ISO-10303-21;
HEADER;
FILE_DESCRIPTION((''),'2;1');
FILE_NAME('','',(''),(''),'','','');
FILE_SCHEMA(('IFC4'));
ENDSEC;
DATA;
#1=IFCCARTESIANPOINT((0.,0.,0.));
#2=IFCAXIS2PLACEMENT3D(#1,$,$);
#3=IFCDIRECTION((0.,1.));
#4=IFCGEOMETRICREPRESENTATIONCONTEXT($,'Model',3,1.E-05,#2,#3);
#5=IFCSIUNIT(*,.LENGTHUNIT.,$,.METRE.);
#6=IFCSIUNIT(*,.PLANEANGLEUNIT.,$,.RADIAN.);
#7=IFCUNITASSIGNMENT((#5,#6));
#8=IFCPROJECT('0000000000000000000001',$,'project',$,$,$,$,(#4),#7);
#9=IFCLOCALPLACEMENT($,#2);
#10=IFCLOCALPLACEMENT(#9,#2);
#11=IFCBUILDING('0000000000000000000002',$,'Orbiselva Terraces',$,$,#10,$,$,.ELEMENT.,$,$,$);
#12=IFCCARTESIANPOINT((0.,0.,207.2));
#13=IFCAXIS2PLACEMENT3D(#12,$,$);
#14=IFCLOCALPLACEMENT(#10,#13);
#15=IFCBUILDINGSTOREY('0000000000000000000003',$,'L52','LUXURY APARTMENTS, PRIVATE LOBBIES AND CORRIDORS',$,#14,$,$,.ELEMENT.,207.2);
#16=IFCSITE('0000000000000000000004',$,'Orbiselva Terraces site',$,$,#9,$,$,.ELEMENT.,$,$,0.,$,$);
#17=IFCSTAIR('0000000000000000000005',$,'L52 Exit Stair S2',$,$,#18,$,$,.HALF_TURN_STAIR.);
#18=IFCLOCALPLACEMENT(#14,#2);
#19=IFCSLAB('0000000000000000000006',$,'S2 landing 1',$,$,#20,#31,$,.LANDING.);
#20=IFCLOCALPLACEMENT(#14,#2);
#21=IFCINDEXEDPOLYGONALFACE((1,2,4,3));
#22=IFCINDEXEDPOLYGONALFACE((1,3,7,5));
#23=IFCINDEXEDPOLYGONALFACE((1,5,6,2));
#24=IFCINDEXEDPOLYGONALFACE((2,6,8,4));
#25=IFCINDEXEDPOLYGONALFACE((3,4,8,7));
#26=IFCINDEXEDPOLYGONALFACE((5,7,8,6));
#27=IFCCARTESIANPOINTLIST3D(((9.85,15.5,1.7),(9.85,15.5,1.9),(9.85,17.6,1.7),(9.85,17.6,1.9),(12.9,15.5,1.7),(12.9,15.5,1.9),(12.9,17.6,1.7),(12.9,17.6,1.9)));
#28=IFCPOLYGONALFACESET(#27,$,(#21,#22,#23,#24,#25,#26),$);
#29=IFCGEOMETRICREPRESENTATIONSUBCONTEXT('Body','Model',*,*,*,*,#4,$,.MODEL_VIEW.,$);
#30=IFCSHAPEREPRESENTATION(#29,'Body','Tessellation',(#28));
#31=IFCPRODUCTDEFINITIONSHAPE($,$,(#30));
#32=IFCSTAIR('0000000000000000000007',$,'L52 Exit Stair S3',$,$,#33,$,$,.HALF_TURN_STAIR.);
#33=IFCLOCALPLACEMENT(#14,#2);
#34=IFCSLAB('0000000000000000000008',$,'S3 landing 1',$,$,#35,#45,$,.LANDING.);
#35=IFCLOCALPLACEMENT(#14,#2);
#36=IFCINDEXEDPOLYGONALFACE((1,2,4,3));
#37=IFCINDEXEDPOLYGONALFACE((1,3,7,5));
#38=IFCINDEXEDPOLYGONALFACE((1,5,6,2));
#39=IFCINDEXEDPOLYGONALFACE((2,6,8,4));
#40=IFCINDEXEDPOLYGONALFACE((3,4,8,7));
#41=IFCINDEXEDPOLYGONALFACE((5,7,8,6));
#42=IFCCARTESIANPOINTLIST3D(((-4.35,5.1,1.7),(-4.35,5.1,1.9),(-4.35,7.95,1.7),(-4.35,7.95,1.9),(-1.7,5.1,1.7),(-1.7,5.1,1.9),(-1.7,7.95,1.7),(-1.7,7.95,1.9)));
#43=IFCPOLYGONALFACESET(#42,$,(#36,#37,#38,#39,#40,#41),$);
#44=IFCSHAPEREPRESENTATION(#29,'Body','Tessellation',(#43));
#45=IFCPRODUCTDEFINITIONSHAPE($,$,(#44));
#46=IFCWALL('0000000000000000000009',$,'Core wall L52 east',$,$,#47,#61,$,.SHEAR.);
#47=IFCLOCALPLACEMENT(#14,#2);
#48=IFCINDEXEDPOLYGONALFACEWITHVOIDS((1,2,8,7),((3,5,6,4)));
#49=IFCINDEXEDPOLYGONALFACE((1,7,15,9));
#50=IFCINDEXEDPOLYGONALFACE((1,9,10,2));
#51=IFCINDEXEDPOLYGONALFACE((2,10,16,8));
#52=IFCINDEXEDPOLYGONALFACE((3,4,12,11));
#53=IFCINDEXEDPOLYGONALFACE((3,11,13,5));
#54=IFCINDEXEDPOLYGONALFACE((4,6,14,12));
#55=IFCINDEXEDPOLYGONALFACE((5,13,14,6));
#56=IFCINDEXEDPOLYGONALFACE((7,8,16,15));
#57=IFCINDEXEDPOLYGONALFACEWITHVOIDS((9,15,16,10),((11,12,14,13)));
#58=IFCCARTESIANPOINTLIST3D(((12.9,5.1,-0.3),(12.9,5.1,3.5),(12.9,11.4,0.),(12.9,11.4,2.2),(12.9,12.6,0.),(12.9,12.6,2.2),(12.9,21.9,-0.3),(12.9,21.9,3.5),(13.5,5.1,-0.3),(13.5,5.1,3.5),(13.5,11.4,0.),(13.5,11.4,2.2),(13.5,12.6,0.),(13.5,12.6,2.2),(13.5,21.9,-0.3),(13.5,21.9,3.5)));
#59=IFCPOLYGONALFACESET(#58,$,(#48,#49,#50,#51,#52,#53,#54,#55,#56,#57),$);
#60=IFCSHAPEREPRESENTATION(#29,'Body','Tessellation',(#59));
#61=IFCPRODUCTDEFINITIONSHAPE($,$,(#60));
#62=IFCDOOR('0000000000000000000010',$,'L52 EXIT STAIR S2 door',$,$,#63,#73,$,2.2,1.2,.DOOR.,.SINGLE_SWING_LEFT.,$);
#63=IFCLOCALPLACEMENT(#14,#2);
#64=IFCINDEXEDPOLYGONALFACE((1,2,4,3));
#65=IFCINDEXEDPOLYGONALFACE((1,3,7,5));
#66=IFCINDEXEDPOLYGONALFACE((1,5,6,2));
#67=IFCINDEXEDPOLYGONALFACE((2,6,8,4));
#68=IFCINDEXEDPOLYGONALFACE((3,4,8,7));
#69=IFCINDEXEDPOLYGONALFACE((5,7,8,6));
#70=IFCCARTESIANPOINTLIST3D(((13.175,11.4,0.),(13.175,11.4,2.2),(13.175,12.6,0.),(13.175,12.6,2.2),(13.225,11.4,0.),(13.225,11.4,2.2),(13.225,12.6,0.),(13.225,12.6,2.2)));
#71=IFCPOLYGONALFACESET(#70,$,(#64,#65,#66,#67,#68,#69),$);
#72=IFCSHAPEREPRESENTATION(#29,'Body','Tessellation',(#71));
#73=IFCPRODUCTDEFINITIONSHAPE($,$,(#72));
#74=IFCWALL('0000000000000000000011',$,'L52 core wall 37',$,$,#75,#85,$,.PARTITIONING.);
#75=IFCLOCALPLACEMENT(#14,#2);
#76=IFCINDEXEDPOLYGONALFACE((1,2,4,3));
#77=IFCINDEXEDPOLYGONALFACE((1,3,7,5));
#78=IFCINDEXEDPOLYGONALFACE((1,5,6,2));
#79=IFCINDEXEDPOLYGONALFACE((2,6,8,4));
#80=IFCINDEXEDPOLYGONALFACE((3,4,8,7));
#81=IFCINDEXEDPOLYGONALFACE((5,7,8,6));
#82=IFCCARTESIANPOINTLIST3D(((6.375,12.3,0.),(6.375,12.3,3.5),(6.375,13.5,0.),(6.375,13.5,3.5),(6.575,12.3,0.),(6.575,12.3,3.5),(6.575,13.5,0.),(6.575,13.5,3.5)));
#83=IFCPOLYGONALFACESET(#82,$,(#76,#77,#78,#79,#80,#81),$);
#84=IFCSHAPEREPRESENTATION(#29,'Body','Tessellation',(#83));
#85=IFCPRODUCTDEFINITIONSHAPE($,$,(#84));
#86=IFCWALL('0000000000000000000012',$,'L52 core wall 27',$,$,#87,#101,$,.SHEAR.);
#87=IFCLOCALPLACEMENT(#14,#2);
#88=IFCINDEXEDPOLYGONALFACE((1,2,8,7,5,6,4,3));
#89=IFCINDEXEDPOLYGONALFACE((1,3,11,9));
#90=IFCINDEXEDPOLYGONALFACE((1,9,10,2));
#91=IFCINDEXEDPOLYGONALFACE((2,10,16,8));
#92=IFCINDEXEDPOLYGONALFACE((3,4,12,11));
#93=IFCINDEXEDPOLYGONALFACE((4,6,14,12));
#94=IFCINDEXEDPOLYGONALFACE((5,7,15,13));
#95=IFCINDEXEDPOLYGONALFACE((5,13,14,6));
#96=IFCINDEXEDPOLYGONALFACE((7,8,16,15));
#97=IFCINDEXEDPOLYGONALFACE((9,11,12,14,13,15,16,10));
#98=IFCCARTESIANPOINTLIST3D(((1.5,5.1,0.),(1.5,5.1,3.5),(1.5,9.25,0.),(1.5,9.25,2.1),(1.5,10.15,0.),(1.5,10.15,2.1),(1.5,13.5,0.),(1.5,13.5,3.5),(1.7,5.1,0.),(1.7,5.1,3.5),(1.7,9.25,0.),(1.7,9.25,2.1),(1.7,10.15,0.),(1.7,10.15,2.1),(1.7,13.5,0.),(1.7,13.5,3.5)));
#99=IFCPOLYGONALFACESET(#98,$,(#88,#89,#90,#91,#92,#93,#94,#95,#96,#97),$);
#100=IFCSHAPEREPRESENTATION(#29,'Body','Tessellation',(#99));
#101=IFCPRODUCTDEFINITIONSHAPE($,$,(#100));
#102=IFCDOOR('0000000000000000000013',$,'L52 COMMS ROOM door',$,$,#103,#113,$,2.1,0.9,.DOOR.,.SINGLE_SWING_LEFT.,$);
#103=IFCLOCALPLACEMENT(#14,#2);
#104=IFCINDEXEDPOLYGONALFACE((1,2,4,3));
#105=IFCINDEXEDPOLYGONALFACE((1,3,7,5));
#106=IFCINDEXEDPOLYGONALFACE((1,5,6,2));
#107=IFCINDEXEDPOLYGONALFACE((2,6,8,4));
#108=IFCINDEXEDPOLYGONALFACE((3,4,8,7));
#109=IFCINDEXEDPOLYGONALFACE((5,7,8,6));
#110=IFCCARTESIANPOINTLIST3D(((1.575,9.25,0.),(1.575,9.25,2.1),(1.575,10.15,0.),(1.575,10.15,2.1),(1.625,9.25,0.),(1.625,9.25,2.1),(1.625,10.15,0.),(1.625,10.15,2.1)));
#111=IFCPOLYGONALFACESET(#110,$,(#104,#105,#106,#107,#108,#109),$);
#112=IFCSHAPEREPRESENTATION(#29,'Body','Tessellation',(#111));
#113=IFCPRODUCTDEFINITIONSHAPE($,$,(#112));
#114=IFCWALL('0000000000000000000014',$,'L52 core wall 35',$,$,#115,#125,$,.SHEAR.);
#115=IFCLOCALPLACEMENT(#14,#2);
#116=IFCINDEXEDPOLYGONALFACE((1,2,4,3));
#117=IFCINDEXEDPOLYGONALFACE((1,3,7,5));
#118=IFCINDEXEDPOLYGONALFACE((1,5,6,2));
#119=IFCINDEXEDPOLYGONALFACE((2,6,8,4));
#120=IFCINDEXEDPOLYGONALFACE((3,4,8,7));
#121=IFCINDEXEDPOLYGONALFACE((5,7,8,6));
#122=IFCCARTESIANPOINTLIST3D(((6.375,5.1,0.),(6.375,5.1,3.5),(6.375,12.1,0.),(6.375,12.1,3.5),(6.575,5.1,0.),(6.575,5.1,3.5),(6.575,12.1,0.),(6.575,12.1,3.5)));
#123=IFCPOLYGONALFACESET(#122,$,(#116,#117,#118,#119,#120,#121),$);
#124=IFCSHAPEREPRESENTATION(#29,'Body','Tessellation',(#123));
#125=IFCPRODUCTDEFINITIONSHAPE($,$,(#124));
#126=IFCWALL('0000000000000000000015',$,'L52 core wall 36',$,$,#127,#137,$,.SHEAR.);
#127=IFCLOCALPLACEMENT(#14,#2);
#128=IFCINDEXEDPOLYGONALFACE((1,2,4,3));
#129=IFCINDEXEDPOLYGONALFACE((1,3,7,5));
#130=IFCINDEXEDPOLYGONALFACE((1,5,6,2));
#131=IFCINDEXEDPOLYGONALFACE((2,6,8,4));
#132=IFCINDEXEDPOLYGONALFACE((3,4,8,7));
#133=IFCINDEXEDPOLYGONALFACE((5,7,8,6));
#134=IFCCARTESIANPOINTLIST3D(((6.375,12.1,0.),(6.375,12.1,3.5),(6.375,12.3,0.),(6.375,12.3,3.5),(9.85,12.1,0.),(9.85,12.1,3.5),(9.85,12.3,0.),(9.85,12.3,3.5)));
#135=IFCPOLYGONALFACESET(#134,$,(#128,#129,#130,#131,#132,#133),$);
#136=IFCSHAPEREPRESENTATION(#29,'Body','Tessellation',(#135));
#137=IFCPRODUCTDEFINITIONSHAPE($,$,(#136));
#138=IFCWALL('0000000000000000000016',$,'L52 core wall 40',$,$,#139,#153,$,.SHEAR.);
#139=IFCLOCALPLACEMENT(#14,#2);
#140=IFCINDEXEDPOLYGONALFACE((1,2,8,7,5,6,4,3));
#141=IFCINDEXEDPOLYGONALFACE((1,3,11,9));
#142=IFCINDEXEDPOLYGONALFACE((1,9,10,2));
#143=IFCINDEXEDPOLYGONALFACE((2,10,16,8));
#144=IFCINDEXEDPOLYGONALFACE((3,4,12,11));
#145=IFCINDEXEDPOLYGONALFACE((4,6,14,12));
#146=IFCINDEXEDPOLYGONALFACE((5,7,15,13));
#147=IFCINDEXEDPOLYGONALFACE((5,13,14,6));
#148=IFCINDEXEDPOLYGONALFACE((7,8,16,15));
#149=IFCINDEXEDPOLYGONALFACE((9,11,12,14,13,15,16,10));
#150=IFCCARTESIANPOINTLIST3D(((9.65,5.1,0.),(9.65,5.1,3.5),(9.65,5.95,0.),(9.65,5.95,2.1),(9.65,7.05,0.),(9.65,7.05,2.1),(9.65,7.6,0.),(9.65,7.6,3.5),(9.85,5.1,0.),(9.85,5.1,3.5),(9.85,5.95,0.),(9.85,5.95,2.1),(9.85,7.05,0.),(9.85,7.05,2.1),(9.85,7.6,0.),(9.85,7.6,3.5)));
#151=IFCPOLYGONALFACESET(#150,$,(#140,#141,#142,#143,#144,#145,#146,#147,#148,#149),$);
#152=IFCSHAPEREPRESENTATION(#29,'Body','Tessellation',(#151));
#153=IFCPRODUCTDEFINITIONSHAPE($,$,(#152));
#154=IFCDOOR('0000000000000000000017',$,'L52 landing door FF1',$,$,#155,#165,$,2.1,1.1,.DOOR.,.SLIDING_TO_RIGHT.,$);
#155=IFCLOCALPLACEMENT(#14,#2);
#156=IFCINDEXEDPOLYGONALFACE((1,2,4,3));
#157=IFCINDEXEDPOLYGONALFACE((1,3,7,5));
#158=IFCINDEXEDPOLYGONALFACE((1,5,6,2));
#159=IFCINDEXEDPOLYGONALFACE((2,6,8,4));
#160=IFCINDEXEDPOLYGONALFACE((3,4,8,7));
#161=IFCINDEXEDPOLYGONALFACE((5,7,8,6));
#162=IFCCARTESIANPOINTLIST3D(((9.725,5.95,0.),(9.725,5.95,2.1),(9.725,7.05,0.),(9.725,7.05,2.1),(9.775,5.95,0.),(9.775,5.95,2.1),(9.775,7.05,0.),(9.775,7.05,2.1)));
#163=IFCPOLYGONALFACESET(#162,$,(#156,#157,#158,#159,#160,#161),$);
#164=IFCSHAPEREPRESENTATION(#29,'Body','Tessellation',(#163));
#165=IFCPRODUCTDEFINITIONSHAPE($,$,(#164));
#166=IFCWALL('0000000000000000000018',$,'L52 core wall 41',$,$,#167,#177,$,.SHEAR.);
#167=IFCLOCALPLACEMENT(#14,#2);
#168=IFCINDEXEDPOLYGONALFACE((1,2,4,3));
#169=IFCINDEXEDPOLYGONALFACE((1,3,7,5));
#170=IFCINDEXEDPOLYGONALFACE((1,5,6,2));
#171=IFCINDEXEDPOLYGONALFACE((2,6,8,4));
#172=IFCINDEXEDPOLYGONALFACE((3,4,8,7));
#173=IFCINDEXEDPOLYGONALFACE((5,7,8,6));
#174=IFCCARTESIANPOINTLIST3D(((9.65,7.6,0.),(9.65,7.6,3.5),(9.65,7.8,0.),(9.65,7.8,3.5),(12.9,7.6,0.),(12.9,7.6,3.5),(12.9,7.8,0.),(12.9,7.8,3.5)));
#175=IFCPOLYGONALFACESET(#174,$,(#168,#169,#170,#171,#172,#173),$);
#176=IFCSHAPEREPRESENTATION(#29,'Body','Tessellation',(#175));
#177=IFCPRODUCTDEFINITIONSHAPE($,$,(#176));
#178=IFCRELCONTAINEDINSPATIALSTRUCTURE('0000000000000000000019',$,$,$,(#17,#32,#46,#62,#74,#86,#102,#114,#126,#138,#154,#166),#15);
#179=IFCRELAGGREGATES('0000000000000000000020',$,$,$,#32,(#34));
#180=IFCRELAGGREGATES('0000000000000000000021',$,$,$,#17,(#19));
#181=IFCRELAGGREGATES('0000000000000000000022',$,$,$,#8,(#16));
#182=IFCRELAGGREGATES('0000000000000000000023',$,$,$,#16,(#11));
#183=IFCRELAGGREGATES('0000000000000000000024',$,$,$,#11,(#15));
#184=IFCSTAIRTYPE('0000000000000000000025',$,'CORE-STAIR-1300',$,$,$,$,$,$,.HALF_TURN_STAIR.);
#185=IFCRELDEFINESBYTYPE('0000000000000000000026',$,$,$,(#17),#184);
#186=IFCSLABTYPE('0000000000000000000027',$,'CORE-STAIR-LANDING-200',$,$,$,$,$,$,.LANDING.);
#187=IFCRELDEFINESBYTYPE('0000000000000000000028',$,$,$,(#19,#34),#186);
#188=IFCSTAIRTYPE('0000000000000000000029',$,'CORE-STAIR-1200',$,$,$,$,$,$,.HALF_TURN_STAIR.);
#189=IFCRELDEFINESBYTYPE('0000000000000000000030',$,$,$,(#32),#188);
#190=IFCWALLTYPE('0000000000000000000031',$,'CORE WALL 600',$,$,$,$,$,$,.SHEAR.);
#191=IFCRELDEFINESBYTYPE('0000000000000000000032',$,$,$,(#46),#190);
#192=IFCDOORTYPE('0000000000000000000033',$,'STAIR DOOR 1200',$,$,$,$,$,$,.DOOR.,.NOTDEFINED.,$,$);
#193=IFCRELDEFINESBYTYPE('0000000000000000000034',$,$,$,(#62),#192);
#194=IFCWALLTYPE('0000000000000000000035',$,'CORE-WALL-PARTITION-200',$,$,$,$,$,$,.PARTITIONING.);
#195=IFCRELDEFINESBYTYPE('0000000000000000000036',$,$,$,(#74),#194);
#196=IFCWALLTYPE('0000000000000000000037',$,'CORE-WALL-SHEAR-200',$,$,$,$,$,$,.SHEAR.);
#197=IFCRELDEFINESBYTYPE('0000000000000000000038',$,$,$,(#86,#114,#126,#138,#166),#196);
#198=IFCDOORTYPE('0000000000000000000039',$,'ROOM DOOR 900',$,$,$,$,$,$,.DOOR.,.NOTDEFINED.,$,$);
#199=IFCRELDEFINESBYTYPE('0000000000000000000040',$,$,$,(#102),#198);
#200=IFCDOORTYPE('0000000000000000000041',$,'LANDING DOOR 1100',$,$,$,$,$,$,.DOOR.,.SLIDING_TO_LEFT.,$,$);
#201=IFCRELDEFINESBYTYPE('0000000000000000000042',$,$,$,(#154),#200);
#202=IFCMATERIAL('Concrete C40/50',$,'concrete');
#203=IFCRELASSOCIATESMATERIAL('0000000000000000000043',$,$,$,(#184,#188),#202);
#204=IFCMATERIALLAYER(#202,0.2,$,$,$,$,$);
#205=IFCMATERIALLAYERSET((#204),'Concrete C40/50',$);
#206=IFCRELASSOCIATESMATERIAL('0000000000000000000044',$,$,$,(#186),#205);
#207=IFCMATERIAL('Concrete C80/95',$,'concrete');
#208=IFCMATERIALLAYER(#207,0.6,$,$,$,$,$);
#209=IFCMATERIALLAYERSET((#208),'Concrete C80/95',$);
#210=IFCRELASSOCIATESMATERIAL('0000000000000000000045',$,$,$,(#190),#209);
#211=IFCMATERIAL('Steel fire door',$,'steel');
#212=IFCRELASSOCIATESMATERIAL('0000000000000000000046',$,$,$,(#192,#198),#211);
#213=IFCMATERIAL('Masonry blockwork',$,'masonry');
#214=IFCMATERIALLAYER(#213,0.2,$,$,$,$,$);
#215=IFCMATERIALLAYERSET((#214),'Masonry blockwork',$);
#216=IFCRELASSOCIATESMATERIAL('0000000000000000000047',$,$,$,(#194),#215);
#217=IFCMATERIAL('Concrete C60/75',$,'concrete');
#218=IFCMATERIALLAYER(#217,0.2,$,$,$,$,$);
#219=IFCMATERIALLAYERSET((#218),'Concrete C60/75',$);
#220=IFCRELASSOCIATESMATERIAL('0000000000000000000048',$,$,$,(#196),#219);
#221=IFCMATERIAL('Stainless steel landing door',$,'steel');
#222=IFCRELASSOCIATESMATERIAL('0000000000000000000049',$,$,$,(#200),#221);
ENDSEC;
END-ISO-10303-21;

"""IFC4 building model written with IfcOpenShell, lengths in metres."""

from ifc_helpers import new_model, si_unit, direction, frame, frame_2d, origin, place, context, subcontext, project, spatial, polyline, rectangle, outline, extrude, material, layer, layer_set, type_object, element, fill, aggregate, save


model = new_model("IFC4")

# Units and contexts
model_context = context("Model", 3, precision=1e-05, world=origin(), true_north=direction((0.0, 1.0)))
body_context = subcontext(model_context, "Body", "Model", "MODEL_VIEW")
ifc_project = project(units=[si_unit("LENGTHUNIT", "METRE"), si_unit("PLANEANGLEUNIT", "RADIAN")], contexts=[model_context])

# Site, building, storey
site_placement = place(None, origin())
site = spatial("IfcSite", under=ifc_project, at=site_placement, Name="Orbiselva Terraces site", CompositionType="ELEMENT", RefElevation=0.0)
building_placement = place(site_placement, origin())
building = spatial("IfcBuilding", under=site, at=building_placement, Name="Orbiselva Terraces", CompositionType="ELEMENT")
storey_placement = place(building_placement, frame((0.0, 0.0, 207.2)))
storey = spatial("IfcBuildingStorey", under=building, at=storey_placement, Name="L52", Description="LUXURY APARTMENTS, PRIVATE LOBBIES AND CORRIDORS", CompositionType="ELEMENT", Elevation=207.2)

# Stairs, slabs
ifc_material_1 = material(Name="Concrete C40/50", Category="concrete")
stair_type_1 = type_object("IfcStairType", Name="CORE-STAIR-1300", PredefinedType="HALF_TURN_STAIR", material=ifc_material_1)
stair_1_placement = place(storey_placement, origin())
stair_1 = element("IfcStair", 1, at=stair_1_placement, inside=storey, type_object=stair_type_1, Name="L52 Exit Stair S2", PredefinedType="HALF_TURN_STAIR")
ifc_layer_1 = layer(ifc_material_1, 0.2)
ifc_layer_set_1 = layer_set([ifc_layer_1], Name="Concrete C40/50")
slab_type = type_object("IfcSlabType", Name="CORE-STAIR-LANDING-200", PredefinedType="LANDING", material=ifc_layer_set_1)
slab_1_placement = place(storey_placement, frame((0.0, 0.0, 1.7)))
slab_1 = element("IfcSlab", 2, at=slab_1_placement, type_object=slab_type, Name="S2 landing 1", PredefinedType="LANDING", context=body_context, shape_type="SweptSolid", body=[
    extrude(outline(polyline([(12.9, 15.5), (12.9, 17.6), (9.85, 17.6), (9.85, 15.5), (12.9, 15.5)])), origin(), (0.0, 0.0, 1.0), 0.2),
])
stair_type_2 = type_object("IfcStairType", Name="CORE-STAIR-1200", PredefinedType="HALF_TURN_STAIR", material=ifc_material_1)
stair_2_placement = place(storey_placement, origin())
stair_2 = element("IfcStair", 3, at=stair_2_placement, inside=storey, type_object=stair_type_2, Name="L52 Exit Stair S3", PredefinedType="HALF_TURN_STAIR")
slab_2_placement = place(storey_placement, frame((0.0, 0.0, 1.7)))
slab_2 = element("IfcSlab", 4, at=slab_2_placement, type_object=slab_type, Name="S3 landing 1", PredefinedType="LANDING", context=body_context, shape_type="SweptSolid", body=[
    extrude(outline(polyline([(-4.35, 5.1), (-1.7, 5.1), (-1.7, 7.95), (-4.35, 7.95), (-4.35, 5.1)])), origin(), (0.0, 0.0, 1.0), 0.2),
])
aggregate(stair_2, [slab_2])

# Wall, opening, door
ifc_material_2 = material(Name="Concrete C80/95", Category="concrete")
ifc_layer_2 = layer(ifc_material_2, 0.6)
ifc_layer_set_2 = layer_set([ifc_layer_2], Name="Concrete C80/95")
wall_type_1 = type_object("IfcWallType", Name="CORE WALL 600", PredefinedType="SHEAR", material=ifc_layer_set_2)
wall_1_placement = place(storey_placement, frame((13.2, 5.1, -0.3), z_axis=(0.0, 0.0, 1.0), x_axis=(0.0, 1.0, 0.0)))
wall_1 = element("IfcWall", 5, at=wall_1_placement, inside=storey, type_object=wall_type_1, Name="Core wall L52 east", PredefinedType="SHEAR", context=body_context, shape_type="SweptSolid", body=[
    extrude(rectangle(XDim=16.8, YDim=0.6, at=frame_2d((8.4, 0.0))), origin(), (0.0, 0.0, 1.0), 3.8),
])
opening_1_placement = place(wall_1_placement, frame((6.3, 0.0, 0.3)))
opening_1 = element("IfcOpeningElement", 6, at=opening_1_placement, cuts=wall_1, PredefinedType="OPENING", context=body_context, shape_type="SweptSolid", body=[
    extrude(rectangle(XDim=1.2, YDim=2.2, at=frame_2d((0.6, 1.1))), frame((0.0, 0.31, 0.0), z_axis=(0.0, -1.0, 0.0), x_axis=(1.0, 0.0, 0.0)), (0.0, 0.0, 1.0), 0.62),
])
ifc_material_3 = material(Name="Steel fire door", Category="steel")
door_type_1 = type_object("IfcDoorType", Name="STAIR DOOR 1200", OperationType="NOTDEFINED", PredefinedType="DOOR", material=ifc_material_3)
door_1_placement = place(opening_1_placement, frame((1.2, 0.0, 0.0), z_axis=(0.0, 0.0, 1.0), x_axis=(-1.0, 0.0, 0.0)))
door_1 = element("IfcDoor", 7, at=door_1_placement, inside=storey, type_object=door_type_1, Name="L52 EXIT STAIR S2 door", OperationType="SINGLE_SWING_LEFT", OverallHeight=2.2, OverallWidth=1.2, PredefinedType="DOOR", context=body_context, shape_type="SweptSolid", body=[
    extrude(rectangle(XDim=1.2, YDim=2.2, at=frame_2d((0.6, 1.1))), frame((0.0, 0.025, 0.0), z_axis=(0.0, -1.0, 0.0), x_axis=(1.0, 0.0, 0.0)), (0.0, 0.0, 1.0), 0.05),
])
fill(opening_1, door_1)

# Wall
ifc_material_4 = material(Name="Masonry blockwork", Category="masonry")
ifc_layer_3 = layer(ifc_material_4, 0.2)
ifc_layer_set_3 = layer_set([ifc_layer_3], Name="Masonry blockwork")
wall_type_2 = type_object("IfcWallType", Name="CORE-WALL-PARTITION-200", PredefinedType="PARTITIONING", material=ifc_layer_set_3)
wall_2_placement = place(storey_placement, frame((6.475, 12.3, 0.0), z_axis=(0.0, 0.0, 1.0), x_axis=(0.0, 1.0, 0.0)))
element("IfcWall", 8, at=wall_2_placement, inside=storey, type_object=wall_type_2, Name="L52 core wall 37", PredefinedType="PARTITIONING", context=body_context, shape_type="SweptSolid", body=[
    extrude(rectangle(XDim=1.2, YDim=0.2, at=frame_2d((0.6, 0.0))), origin(), (0.0, 0.0, 1.0), 3.5),
])

# Wall, opening, door
ifc_material_5 = material(Name="Concrete C60/75", Category="concrete")
ifc_layer_4 = layer(ifc_material_5, 0.2)
ifc_layer_set_4 = layer_set([ifc_layer_4], Name="Concrete C60/75")
wall_type_3 = type_object("IfcWallType", Name="CORE-WALL-SHEAR-200", PredefinedType="SHEAR", material=ifc_layer_set_4)
wall_3_placement = place(storey_placement, frame((1.6, 13.5, 0.0), z_axis=(0.0, 0.0, 1.0), x_axis=(0.0, -1.0, 0.0)))
wall_3 = element("IfcWall", 9, at=wall_3_placement, inside=storey, type_object=wall_type_3, Name="L52 core wall 27", PredefinedType="SHEAR", context=body_context, shape_type="SweptSolid", body=[
    extrude(rectangle(XDim=8.4, YDim=0.2, at=frame_2d((4.2, 0.0))), origin(), (0.0, 0.0, 1.0), 3.5),
])
opening_2_placement = place(wall_3_placement, frame((3.35, 0.0, 0.0)))
opening_2 = element("IfcOpeningElement", 10, at=opening_2_placement, cuts=wall_3, PredefinedType="OPENING", context=body_context, shape_type="SweptSolid", body=[
    extrude(rectangle(XDim=0.9, YDim=2.1, at=frame_2d((0.45, 1.05))), frame((0.0, 0.11, 0.0), z_axis=(0.0, -1.0, 0.0), x_axis=(1.0, 0.0, 0.0)), (0.0, 0.0, 1.0), 0.22),
])
door_type_2 = type_object("IfcDoorType", Name="ROOM DOOR 900", OperationType="NOTDEFINED", PredefinedType="DOOR", material=ifc_material_3)
door_2_placement = place(opening_2_placement, origin())
door_2 = element("IfcDoor", 11, at=door_2_placement, inside=storey, type_object=door_type_2, Name="L52 COMMS ROOM door", OperationType="SINGLE_SWING_LEFT", OverallHeight=2.1, OverallWidth=0.9, PredefinedType="DOOR", context=body_context, shape_type="SweptSolid", body=[
    extrude(rectangle(XDim=0.9, YDim=2.1, at=frame_2d((0.45, 1.05))), frame((0.0, 0.025, 0.0), z_axis=(0.0, -1.0, 0.0), x_axis=(1.0, 0.0, 0.0)), (0.0, 0.0, 1.0), 0.05),
])
fill(opening_2, door_2)

# Walls
wall_4_placement = place(storey_placement, frame((6.475, 5.1, 0.0), z_axis=(0.0, 0.0, 1.0), x_axis=(0.0, 1.0, 0.0)))
element("IfcWall", 12, at=wall_4_placement, inside=storey, type_object=wall_type_3, Name="L52 core wall 35", PredefinedType="SHEAR", context=body_context, shape_type="SweptSolid", body=[
    extrude(rectangle(XDim=7.0, YDim=0.2, at=frame_2d((3.5, 0.0))), origin(), (0.0, 0.0, 1.0), 3.5),
])
wall_5_placement = place(storey_placement, frame((6.375, 12.2, 0.0), z_axis=(0.0, 0.0, 1.0), x_axis=(1.0, 0.0, 0.0)))
element("IfcWall", 13, at=wall_5_placement, inside=storey, type_object=wall_type_3, Name="L52 core wall 36", PredefinedType="SHEAR", context=body_context, shape_type="SweptSolid", body=[
    extrude(rectangle(XDim=3.475, YDim=0.2, at=frame_2d((1.7375, 0.0))), origin(), (0.0, 0.0, 1.0), 3.5),
])

# Wall, opening, door
wall_6_placement = place(storey_placement, frame((9.75, 5.1, 0.0), z_axis=(0.0, 0.0, 1.0), x_axis=(0.0, 1.0, 0.0)))
wall_6 = element("IfcWall", 14, at=wall_6_placement, inside=storey, type_object=wall_type_3, Name="L52 core wall 40", PredefinedType="SHEAR", context=body_context, shape_type="SweptSolid", body=[
    extrude(rectangle(XDim=2.5, YDim=0.2, at=frame_2d((1.25, 0.0))), origin(), (0.0, 0.0, 1.0), 3.5),
])
opening_3_placement = place(wall_6_placement, frame((0.85, 0.0, 0.0)))
opening_3 = element("IfcOpeningElement", 15, at=opening_3_placement, cuts=wall_6, PredefinedType="OPENING", context=body_context, shape_type="SweptSolid", body=[
    extrude(rectangle(XDim=1.1, YDim=2.1, at=frame_2d((0.55, 1.05))), frame((0.0, 0.11, 0.0), z_axis=(0.0, -1.0, 0.0), x_axis=(1.0, 0.0, 0.0)), (0.0, 0.0, 1.0), 0.22),
])
ifc_material_6 = material(Name="Stainless steel landing door", Category="steel")
door_type_3 = type_object("IfcDoorType", Name="LANDING DOOR 1100", OperationType="SLIDING_TO_LEFT", PredefinedType="DOOR", material=ifc_material_6)
door_3_placement = place(opening_3_placement, origin())
door_3 = element("IfcDoor", 16, at=door_3_placement, inside=storey, type_object=door_type_3, Name="L52 landing door FF1", OperationType="SLIDING_TO_RIGHT", OverallHeight=2.1, OverallWidth=1.1, PredefinedType="DOOR", context=body_context, shape_type="SweptSolid", body=[
    extrude(rectangle(XDim=1.1, YDim=2.1, at=frame_2d((0.55, 1.05))), frame((0.0, 0.025, 0.0), z_axis=(0.0, -1.0, 0.0), x_axis=(1.0, 0.0, 0.0)), (0.0, 0.0, 1.0), 0.05),
])
fill(opening_3, door_3)

# Wall
wall_7_placement = place(storey_placement, frame((9.65, 7.7, 0.0), z_axis=(0.0, 0.0, 1.0), x_axis=(1.0, 0.0, 0.0)))
element("IfcWall", 17, at=wall_7_placement, inside=storey, type_object=wall_type_3, Name="L52 core wall 41", PredefinedType="SHEAR", context=body_context, shape_type="SweptSolid", body=[
    extrude(rectangle(XDim=3.25, YDim=0.2, at=frame_2d((1.625, 0.0))), origin(), (0.0, 0.0, 1.0), 3.5),
])

aggregate(stair_1, [slab_1])

save(model, "model.ifc")
